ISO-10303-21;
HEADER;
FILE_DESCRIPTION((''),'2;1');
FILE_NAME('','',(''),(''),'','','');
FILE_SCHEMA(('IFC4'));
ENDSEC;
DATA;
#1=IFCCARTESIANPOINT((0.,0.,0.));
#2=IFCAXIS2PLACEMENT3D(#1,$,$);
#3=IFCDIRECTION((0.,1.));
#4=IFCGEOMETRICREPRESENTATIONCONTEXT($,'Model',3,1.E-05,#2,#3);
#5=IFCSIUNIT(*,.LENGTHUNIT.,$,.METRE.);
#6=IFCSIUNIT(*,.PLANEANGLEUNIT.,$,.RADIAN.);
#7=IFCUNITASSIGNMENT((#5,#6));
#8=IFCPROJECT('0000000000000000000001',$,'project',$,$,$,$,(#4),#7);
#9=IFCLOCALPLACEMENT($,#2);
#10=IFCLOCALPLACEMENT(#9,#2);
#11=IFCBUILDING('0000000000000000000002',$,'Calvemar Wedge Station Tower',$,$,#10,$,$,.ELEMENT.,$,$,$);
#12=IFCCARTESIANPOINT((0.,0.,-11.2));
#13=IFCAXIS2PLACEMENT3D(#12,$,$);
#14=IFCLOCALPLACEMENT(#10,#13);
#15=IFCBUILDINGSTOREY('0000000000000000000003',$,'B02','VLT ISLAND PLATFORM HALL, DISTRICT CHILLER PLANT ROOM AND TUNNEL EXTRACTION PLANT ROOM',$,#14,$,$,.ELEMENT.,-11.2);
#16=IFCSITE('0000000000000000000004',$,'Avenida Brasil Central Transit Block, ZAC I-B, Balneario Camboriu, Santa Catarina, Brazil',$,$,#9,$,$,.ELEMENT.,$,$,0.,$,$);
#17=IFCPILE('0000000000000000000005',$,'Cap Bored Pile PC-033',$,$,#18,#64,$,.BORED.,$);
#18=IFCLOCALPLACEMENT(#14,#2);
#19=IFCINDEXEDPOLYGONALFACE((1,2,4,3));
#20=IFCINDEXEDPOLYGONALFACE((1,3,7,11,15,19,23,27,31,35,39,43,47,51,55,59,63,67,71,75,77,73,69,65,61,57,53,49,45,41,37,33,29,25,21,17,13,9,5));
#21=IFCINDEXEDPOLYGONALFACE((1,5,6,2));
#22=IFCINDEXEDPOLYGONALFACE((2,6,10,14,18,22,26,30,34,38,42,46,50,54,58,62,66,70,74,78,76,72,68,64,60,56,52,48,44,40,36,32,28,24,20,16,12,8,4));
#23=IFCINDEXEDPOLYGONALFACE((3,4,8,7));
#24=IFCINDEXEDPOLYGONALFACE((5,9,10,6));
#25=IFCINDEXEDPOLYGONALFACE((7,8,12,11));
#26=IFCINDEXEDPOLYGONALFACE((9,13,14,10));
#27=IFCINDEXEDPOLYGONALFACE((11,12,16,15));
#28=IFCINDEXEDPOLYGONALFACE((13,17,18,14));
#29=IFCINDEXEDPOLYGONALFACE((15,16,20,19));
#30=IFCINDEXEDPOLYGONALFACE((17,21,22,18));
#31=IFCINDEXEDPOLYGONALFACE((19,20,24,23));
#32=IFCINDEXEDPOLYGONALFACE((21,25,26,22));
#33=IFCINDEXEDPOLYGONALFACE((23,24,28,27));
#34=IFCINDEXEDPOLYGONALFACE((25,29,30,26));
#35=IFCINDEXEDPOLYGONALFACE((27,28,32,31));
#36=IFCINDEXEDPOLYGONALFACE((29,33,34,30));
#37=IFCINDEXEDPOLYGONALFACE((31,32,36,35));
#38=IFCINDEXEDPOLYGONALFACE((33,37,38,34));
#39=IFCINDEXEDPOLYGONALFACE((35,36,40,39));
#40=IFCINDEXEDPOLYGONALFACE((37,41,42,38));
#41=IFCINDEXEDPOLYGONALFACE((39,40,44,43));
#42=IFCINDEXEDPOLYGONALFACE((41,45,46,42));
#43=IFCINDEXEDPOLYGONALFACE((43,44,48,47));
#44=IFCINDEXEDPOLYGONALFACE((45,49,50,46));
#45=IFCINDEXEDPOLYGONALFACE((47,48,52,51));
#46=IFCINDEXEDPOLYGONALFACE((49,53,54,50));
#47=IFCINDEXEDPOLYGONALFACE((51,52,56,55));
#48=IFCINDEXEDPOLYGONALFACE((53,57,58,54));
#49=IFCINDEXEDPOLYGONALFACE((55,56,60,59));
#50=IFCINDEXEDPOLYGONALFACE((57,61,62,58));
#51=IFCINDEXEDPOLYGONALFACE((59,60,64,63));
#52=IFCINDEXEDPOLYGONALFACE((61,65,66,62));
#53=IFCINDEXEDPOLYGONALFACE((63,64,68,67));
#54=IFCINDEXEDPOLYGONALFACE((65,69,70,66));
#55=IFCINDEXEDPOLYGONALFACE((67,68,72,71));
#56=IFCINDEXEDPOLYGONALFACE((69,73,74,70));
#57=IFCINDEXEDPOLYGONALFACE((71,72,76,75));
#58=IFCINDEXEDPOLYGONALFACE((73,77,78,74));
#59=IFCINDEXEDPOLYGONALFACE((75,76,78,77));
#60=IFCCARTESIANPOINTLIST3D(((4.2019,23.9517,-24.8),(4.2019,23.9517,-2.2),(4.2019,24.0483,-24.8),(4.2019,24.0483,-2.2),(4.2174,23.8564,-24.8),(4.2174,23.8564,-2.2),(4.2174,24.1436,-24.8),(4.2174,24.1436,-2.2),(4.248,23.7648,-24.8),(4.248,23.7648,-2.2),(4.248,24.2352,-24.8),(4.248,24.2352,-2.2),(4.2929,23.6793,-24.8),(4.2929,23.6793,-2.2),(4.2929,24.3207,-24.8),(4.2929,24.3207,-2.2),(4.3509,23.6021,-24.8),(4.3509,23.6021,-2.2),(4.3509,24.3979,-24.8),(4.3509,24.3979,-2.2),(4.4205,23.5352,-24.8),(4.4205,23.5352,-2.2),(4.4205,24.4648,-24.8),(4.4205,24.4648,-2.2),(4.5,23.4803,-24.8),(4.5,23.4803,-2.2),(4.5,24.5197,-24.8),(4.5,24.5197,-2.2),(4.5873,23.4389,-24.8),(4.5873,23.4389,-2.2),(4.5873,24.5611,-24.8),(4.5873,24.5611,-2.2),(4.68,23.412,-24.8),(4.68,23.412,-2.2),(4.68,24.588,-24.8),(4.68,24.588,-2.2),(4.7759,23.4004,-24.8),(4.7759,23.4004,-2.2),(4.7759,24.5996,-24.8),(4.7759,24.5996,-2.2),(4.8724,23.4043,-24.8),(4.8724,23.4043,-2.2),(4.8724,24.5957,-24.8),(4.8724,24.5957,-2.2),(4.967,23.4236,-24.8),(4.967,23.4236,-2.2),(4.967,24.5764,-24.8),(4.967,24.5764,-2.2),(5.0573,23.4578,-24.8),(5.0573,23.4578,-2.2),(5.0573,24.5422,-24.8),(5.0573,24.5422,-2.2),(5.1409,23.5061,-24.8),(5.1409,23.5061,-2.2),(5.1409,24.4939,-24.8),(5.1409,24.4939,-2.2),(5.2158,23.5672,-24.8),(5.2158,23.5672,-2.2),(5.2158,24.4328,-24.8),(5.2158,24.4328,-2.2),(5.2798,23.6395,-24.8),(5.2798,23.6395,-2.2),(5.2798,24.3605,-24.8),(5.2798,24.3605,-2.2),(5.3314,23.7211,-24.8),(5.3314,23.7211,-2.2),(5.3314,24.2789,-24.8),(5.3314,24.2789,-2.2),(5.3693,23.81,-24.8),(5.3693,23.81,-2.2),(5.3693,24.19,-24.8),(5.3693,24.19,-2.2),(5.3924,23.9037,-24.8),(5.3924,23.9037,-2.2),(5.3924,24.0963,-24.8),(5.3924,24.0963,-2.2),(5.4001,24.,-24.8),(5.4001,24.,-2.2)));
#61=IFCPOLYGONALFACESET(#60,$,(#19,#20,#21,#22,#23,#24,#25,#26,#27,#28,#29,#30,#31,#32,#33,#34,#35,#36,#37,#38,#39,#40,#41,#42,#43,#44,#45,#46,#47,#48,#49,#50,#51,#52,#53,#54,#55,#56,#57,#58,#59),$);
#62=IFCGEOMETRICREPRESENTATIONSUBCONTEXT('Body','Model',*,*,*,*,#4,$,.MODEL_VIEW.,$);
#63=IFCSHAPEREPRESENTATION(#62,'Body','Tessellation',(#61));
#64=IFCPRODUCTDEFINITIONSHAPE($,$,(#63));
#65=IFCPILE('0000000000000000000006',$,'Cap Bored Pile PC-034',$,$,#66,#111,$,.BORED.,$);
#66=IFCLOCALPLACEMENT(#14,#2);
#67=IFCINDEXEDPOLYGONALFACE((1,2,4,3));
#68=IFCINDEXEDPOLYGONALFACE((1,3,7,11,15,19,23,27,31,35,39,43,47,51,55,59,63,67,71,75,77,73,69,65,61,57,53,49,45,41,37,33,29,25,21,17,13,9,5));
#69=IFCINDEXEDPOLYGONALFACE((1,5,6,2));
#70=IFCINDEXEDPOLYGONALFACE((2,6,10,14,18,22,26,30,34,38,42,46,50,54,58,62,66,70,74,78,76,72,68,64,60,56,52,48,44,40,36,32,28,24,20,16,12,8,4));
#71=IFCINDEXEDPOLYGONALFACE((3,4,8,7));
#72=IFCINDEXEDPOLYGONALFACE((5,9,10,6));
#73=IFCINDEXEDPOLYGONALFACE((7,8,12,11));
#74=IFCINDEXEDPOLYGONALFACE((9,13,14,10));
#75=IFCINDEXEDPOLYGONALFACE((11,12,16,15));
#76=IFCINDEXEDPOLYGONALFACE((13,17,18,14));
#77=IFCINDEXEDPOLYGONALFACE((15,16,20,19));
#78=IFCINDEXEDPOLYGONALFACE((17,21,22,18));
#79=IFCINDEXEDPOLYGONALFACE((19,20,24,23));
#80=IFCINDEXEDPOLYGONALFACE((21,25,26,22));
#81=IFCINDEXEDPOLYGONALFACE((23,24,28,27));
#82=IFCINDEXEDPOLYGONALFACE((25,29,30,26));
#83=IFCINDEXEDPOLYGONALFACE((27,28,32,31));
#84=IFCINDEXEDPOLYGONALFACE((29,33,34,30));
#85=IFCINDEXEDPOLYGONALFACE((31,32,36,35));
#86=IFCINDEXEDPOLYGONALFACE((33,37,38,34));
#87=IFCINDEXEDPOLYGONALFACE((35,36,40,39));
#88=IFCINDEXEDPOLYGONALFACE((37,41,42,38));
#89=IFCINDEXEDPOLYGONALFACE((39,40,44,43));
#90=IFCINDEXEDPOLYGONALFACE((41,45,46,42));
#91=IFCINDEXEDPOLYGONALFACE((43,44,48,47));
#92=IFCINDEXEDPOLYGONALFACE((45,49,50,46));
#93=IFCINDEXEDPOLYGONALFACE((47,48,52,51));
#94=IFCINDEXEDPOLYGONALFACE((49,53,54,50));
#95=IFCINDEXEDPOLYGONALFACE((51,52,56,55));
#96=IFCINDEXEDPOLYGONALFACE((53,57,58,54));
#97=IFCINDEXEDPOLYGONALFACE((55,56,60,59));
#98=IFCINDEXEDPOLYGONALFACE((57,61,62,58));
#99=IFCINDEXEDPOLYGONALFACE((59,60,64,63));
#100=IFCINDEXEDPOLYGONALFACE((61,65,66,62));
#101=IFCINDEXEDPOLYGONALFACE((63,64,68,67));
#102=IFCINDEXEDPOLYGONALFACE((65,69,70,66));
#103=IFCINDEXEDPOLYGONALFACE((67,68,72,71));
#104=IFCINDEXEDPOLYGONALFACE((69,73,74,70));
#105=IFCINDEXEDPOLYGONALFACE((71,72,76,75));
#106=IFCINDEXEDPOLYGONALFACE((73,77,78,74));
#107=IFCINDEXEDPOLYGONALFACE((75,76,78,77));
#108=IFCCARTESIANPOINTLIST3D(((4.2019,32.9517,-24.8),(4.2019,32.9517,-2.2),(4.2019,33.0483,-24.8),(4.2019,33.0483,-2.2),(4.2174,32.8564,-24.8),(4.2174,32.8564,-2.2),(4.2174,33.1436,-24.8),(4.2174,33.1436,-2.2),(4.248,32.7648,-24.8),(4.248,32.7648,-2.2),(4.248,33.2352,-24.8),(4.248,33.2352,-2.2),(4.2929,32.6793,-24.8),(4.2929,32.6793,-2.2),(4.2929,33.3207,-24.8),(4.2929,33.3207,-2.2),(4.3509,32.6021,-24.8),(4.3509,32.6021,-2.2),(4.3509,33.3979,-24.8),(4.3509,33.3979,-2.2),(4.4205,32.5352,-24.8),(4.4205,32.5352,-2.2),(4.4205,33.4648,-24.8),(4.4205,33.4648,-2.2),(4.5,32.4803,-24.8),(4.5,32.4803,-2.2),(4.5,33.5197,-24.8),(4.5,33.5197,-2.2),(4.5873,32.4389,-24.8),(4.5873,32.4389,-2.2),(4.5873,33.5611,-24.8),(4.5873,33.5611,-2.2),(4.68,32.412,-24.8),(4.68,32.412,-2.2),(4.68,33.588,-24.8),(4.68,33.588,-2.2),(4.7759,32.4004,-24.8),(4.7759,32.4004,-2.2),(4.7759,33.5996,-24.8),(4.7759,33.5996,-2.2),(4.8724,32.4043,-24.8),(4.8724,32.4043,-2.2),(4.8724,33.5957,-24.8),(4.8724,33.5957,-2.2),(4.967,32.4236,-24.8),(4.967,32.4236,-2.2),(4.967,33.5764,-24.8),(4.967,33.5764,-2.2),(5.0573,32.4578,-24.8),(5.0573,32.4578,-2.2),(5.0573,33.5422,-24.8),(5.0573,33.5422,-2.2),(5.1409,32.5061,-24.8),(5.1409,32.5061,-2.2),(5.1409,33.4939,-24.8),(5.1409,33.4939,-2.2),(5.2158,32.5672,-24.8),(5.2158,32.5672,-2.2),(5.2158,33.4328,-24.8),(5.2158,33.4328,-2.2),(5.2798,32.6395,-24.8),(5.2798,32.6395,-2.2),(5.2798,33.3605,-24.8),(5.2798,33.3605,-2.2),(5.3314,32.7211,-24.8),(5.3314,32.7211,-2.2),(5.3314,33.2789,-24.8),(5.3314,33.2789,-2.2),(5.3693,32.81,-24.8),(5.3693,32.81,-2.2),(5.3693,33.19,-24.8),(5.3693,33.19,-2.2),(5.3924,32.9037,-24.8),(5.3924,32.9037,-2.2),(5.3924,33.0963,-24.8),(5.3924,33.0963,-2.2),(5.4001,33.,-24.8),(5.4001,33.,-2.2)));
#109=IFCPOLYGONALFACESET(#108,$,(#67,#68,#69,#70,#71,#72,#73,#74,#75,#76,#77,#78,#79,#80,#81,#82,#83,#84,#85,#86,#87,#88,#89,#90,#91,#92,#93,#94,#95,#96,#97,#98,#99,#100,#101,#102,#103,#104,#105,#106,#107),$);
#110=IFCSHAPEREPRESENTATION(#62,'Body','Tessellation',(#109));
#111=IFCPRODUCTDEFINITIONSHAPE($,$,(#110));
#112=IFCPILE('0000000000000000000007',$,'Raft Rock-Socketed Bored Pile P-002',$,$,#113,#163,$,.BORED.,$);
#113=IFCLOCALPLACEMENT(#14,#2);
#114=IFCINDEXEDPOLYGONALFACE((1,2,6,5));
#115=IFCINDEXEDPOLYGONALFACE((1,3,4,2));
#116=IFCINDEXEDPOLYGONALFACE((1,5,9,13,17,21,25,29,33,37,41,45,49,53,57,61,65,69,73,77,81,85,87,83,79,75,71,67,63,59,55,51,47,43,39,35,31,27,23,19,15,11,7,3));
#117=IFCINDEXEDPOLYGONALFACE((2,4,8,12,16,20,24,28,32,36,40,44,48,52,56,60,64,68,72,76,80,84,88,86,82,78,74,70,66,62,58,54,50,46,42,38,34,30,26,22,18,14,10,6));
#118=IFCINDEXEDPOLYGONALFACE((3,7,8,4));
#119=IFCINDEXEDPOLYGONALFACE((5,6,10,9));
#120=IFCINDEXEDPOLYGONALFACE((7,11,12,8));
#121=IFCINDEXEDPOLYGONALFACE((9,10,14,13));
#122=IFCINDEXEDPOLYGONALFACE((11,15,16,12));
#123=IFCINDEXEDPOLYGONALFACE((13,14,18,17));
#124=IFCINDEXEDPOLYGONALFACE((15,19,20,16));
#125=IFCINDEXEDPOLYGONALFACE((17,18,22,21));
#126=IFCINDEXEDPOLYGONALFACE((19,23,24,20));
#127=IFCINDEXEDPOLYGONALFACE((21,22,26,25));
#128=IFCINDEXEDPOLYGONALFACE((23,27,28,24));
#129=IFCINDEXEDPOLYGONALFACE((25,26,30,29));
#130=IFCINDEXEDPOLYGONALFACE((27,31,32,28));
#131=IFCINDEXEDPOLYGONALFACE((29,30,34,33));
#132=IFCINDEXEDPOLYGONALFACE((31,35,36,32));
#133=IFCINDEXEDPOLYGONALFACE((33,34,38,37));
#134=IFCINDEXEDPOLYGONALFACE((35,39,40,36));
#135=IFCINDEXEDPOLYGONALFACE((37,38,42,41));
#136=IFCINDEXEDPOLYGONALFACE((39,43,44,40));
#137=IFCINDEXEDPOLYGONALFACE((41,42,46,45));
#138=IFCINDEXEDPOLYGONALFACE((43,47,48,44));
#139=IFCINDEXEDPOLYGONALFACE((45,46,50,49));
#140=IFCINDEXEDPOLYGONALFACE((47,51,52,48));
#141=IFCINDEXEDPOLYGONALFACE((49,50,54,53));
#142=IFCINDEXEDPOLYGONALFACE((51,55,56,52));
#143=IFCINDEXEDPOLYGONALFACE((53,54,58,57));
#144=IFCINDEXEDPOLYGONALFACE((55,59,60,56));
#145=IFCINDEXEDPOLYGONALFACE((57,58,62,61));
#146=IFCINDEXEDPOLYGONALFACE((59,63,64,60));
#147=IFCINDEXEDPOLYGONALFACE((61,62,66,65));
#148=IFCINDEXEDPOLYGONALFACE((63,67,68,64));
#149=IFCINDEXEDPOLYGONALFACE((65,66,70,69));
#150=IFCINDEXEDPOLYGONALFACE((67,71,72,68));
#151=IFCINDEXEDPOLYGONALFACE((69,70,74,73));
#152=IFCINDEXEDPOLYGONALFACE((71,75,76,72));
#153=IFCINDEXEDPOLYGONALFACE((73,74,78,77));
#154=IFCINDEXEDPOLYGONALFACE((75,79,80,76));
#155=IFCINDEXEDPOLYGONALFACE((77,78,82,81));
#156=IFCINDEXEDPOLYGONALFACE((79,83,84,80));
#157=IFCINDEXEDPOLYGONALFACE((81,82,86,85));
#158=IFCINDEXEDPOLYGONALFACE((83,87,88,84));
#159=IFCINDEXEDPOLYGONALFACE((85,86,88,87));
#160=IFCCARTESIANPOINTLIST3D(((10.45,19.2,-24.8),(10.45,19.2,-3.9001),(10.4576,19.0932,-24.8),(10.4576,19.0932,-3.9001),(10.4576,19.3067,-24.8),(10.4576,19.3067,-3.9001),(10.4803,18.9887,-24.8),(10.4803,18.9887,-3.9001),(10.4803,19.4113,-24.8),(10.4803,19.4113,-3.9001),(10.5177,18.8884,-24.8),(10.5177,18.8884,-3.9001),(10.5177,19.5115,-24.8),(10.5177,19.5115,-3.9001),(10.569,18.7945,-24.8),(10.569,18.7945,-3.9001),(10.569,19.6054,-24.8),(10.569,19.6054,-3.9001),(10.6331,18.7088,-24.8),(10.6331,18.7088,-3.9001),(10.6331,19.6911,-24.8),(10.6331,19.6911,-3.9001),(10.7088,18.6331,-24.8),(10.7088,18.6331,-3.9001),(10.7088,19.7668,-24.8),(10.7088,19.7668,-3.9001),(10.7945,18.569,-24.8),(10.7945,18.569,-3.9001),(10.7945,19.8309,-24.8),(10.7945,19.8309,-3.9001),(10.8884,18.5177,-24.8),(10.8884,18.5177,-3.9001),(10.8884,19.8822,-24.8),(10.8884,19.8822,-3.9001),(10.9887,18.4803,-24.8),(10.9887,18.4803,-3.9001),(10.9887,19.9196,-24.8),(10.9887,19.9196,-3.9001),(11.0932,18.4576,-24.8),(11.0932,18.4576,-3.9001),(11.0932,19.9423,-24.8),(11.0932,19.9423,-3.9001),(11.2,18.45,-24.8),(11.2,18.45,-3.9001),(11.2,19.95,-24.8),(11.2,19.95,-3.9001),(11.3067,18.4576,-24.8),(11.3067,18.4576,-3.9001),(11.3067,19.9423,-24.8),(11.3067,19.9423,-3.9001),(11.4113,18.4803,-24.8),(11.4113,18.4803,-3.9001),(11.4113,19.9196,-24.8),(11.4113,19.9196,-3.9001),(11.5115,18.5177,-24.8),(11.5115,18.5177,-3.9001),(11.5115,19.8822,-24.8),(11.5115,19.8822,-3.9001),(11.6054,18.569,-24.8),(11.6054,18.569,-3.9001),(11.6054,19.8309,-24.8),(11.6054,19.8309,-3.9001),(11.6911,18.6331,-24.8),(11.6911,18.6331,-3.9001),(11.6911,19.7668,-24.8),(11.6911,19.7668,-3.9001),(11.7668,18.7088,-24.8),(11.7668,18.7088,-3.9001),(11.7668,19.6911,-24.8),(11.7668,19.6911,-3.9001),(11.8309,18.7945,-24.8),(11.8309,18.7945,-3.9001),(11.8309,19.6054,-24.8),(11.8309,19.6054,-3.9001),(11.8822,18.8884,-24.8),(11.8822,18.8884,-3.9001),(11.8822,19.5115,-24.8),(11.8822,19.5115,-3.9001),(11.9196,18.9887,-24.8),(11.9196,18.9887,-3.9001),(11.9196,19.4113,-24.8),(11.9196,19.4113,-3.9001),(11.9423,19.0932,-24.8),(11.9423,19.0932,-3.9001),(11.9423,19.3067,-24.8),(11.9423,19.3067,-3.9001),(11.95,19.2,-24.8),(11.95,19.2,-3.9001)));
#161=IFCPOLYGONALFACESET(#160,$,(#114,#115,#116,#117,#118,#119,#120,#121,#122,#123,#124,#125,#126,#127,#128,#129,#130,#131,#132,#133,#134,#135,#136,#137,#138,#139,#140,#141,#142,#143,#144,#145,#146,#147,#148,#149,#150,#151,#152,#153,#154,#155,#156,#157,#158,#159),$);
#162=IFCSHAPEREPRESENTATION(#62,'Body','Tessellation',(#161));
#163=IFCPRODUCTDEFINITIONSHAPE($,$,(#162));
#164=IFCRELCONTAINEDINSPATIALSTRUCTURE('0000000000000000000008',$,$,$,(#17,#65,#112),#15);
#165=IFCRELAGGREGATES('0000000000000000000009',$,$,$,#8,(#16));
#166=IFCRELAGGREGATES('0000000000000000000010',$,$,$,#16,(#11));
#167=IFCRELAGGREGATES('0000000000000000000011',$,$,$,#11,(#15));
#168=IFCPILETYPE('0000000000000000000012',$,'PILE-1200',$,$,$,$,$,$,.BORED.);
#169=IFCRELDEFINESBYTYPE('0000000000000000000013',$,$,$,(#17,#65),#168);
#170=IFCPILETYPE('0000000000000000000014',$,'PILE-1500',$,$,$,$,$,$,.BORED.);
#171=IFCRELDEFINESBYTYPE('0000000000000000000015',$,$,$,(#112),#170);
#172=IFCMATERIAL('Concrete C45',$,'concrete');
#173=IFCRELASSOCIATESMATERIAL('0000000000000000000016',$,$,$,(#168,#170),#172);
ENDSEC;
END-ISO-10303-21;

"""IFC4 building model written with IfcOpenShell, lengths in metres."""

from ifc_helpers import new_model, si_unit, direction, frame, origin, origin_2d, place, context, subcontext, project, spatial, circle, extrude, material, material_profile, profile_set, type_object, element, save


model = new_model("IFC4")

# Units and contexts
model_context = context("Model", 3, precision=1e-05, world=origin(), true_north=direction((0.0, 1.0)))
body_context = subcontext(model_context, "Body", "Model", "MODEL_VIEW")
ifc_project = project(units=[si_unit("LENGTHUNIT", "METRE"), si_unit("PLANEANGLEUNIT", "RADIAN")], contexts=[model_context])

# Site, building, storey
site_placement = place(None, origin())
site = spatial("IfcSite", under=ifc_project, at=site_placement, Name="Avenida Brasil Central Transit Block, ZAC I-B, Balneario Camboriu, Santa Catarina, Brazil", CompositionType="ELEMENT", RefElevation=0.0)
building_placement = place(site_placement, origin())
building = spatial("IfcBuilding", under=site, at=building_placement, Name="Calvemar Wedge Station Tower", CompositionType="ELEMENT")
storey_placement = place(building_placement, frame((0.0, 0.0, -11.2)))
storey = spatial("IfcBuildingStorey", under=building, at=storey_placement, Name="B02", Description="VLT ISLAND PLATFORM HALL, DISTRICT CHILLER PLANT ROOM AND TUNNEL EXTRACTION PLANT ROOM", CompositionType="ELEMENT", Elevation=-11.2)

# Piles
ifc_material_1 = material(Name="Concrete C45", Category="concrete")
ifc_material_profile_1 = material_profile(ifc_material_1, circle(Radius=0.6001, at=origin_2d()), Name="PILE-D1200")
ifc_profile_set_1 = profile_set([ifc_material_profile_1], Name="Concrete C45")
pile_type_1 = type_object("IfcPileType", Name="PILE-1200", PredefinedType="BORED", material=ifc_profile_set_1)
for number, where, z_axis, x_axis, name in (
    (1, (4.8, 24.0, -2.2), (0.0, 0.0, -1.0), (1.0, 0.0, 0.0), "Cap Bored Pile PC-033"),
    (2, (4.8, 33.0, -2.2), (0.0, 0.0, -1.0), (1.0, 0.0, 0.0), "Cap Bored Pile PC-034"),
):
    element("IfcPile", number, at=place(storey_placement, frame(where, z_axis=z_axis, x_axis=x_axis)), inside=storey, type_object=pile_type_1, Name=name, PredefinedType="BORED", context=body_context, shape_type="SweptSolid", body=[
        extrude(circle(Radius=0.6001, at=origin_2d()), origin(), (0.0, 0.0, 1.0), 22.6001),
    ])
ifc_material_profile_2 = material_profile(ifc_material_1, circle(Radius=0.75, at=origin_2d()), Name="PILE-D1500")
ifc_profile_set_2 = profile_set([ifc_material_profile_2], Name="Concrete C45")
pile_type_2 = type_object("IfcPileType", Name="PILE-1500", PredefinedType="BORED", material=ifc_profile_set_2)
for number, where, z_axis, x_axis, name in (
    (3, (11.2, 19.2, -3.9001), (0.0, 0.0, -1.0), (1.0, 0.0, 0.0), "Raft Rock-Socketed Bored Pile P-002"),
):
    element("IfcPile", number, at=place(storey_placement, frame(where, z_axis=z_axis, x_axis=x_axis)), inside=storey, type_object=pile_type_2, Name=name, PredefinedType="BORED", context=body_context, shape_type="SweptSolid", body=[
        extrude(circle(Radius=0.75, at=origin_2d()), origin(), (0.0, 0.0, 1.0), 20.8999),
    ])

save(model, "model.ifc")
